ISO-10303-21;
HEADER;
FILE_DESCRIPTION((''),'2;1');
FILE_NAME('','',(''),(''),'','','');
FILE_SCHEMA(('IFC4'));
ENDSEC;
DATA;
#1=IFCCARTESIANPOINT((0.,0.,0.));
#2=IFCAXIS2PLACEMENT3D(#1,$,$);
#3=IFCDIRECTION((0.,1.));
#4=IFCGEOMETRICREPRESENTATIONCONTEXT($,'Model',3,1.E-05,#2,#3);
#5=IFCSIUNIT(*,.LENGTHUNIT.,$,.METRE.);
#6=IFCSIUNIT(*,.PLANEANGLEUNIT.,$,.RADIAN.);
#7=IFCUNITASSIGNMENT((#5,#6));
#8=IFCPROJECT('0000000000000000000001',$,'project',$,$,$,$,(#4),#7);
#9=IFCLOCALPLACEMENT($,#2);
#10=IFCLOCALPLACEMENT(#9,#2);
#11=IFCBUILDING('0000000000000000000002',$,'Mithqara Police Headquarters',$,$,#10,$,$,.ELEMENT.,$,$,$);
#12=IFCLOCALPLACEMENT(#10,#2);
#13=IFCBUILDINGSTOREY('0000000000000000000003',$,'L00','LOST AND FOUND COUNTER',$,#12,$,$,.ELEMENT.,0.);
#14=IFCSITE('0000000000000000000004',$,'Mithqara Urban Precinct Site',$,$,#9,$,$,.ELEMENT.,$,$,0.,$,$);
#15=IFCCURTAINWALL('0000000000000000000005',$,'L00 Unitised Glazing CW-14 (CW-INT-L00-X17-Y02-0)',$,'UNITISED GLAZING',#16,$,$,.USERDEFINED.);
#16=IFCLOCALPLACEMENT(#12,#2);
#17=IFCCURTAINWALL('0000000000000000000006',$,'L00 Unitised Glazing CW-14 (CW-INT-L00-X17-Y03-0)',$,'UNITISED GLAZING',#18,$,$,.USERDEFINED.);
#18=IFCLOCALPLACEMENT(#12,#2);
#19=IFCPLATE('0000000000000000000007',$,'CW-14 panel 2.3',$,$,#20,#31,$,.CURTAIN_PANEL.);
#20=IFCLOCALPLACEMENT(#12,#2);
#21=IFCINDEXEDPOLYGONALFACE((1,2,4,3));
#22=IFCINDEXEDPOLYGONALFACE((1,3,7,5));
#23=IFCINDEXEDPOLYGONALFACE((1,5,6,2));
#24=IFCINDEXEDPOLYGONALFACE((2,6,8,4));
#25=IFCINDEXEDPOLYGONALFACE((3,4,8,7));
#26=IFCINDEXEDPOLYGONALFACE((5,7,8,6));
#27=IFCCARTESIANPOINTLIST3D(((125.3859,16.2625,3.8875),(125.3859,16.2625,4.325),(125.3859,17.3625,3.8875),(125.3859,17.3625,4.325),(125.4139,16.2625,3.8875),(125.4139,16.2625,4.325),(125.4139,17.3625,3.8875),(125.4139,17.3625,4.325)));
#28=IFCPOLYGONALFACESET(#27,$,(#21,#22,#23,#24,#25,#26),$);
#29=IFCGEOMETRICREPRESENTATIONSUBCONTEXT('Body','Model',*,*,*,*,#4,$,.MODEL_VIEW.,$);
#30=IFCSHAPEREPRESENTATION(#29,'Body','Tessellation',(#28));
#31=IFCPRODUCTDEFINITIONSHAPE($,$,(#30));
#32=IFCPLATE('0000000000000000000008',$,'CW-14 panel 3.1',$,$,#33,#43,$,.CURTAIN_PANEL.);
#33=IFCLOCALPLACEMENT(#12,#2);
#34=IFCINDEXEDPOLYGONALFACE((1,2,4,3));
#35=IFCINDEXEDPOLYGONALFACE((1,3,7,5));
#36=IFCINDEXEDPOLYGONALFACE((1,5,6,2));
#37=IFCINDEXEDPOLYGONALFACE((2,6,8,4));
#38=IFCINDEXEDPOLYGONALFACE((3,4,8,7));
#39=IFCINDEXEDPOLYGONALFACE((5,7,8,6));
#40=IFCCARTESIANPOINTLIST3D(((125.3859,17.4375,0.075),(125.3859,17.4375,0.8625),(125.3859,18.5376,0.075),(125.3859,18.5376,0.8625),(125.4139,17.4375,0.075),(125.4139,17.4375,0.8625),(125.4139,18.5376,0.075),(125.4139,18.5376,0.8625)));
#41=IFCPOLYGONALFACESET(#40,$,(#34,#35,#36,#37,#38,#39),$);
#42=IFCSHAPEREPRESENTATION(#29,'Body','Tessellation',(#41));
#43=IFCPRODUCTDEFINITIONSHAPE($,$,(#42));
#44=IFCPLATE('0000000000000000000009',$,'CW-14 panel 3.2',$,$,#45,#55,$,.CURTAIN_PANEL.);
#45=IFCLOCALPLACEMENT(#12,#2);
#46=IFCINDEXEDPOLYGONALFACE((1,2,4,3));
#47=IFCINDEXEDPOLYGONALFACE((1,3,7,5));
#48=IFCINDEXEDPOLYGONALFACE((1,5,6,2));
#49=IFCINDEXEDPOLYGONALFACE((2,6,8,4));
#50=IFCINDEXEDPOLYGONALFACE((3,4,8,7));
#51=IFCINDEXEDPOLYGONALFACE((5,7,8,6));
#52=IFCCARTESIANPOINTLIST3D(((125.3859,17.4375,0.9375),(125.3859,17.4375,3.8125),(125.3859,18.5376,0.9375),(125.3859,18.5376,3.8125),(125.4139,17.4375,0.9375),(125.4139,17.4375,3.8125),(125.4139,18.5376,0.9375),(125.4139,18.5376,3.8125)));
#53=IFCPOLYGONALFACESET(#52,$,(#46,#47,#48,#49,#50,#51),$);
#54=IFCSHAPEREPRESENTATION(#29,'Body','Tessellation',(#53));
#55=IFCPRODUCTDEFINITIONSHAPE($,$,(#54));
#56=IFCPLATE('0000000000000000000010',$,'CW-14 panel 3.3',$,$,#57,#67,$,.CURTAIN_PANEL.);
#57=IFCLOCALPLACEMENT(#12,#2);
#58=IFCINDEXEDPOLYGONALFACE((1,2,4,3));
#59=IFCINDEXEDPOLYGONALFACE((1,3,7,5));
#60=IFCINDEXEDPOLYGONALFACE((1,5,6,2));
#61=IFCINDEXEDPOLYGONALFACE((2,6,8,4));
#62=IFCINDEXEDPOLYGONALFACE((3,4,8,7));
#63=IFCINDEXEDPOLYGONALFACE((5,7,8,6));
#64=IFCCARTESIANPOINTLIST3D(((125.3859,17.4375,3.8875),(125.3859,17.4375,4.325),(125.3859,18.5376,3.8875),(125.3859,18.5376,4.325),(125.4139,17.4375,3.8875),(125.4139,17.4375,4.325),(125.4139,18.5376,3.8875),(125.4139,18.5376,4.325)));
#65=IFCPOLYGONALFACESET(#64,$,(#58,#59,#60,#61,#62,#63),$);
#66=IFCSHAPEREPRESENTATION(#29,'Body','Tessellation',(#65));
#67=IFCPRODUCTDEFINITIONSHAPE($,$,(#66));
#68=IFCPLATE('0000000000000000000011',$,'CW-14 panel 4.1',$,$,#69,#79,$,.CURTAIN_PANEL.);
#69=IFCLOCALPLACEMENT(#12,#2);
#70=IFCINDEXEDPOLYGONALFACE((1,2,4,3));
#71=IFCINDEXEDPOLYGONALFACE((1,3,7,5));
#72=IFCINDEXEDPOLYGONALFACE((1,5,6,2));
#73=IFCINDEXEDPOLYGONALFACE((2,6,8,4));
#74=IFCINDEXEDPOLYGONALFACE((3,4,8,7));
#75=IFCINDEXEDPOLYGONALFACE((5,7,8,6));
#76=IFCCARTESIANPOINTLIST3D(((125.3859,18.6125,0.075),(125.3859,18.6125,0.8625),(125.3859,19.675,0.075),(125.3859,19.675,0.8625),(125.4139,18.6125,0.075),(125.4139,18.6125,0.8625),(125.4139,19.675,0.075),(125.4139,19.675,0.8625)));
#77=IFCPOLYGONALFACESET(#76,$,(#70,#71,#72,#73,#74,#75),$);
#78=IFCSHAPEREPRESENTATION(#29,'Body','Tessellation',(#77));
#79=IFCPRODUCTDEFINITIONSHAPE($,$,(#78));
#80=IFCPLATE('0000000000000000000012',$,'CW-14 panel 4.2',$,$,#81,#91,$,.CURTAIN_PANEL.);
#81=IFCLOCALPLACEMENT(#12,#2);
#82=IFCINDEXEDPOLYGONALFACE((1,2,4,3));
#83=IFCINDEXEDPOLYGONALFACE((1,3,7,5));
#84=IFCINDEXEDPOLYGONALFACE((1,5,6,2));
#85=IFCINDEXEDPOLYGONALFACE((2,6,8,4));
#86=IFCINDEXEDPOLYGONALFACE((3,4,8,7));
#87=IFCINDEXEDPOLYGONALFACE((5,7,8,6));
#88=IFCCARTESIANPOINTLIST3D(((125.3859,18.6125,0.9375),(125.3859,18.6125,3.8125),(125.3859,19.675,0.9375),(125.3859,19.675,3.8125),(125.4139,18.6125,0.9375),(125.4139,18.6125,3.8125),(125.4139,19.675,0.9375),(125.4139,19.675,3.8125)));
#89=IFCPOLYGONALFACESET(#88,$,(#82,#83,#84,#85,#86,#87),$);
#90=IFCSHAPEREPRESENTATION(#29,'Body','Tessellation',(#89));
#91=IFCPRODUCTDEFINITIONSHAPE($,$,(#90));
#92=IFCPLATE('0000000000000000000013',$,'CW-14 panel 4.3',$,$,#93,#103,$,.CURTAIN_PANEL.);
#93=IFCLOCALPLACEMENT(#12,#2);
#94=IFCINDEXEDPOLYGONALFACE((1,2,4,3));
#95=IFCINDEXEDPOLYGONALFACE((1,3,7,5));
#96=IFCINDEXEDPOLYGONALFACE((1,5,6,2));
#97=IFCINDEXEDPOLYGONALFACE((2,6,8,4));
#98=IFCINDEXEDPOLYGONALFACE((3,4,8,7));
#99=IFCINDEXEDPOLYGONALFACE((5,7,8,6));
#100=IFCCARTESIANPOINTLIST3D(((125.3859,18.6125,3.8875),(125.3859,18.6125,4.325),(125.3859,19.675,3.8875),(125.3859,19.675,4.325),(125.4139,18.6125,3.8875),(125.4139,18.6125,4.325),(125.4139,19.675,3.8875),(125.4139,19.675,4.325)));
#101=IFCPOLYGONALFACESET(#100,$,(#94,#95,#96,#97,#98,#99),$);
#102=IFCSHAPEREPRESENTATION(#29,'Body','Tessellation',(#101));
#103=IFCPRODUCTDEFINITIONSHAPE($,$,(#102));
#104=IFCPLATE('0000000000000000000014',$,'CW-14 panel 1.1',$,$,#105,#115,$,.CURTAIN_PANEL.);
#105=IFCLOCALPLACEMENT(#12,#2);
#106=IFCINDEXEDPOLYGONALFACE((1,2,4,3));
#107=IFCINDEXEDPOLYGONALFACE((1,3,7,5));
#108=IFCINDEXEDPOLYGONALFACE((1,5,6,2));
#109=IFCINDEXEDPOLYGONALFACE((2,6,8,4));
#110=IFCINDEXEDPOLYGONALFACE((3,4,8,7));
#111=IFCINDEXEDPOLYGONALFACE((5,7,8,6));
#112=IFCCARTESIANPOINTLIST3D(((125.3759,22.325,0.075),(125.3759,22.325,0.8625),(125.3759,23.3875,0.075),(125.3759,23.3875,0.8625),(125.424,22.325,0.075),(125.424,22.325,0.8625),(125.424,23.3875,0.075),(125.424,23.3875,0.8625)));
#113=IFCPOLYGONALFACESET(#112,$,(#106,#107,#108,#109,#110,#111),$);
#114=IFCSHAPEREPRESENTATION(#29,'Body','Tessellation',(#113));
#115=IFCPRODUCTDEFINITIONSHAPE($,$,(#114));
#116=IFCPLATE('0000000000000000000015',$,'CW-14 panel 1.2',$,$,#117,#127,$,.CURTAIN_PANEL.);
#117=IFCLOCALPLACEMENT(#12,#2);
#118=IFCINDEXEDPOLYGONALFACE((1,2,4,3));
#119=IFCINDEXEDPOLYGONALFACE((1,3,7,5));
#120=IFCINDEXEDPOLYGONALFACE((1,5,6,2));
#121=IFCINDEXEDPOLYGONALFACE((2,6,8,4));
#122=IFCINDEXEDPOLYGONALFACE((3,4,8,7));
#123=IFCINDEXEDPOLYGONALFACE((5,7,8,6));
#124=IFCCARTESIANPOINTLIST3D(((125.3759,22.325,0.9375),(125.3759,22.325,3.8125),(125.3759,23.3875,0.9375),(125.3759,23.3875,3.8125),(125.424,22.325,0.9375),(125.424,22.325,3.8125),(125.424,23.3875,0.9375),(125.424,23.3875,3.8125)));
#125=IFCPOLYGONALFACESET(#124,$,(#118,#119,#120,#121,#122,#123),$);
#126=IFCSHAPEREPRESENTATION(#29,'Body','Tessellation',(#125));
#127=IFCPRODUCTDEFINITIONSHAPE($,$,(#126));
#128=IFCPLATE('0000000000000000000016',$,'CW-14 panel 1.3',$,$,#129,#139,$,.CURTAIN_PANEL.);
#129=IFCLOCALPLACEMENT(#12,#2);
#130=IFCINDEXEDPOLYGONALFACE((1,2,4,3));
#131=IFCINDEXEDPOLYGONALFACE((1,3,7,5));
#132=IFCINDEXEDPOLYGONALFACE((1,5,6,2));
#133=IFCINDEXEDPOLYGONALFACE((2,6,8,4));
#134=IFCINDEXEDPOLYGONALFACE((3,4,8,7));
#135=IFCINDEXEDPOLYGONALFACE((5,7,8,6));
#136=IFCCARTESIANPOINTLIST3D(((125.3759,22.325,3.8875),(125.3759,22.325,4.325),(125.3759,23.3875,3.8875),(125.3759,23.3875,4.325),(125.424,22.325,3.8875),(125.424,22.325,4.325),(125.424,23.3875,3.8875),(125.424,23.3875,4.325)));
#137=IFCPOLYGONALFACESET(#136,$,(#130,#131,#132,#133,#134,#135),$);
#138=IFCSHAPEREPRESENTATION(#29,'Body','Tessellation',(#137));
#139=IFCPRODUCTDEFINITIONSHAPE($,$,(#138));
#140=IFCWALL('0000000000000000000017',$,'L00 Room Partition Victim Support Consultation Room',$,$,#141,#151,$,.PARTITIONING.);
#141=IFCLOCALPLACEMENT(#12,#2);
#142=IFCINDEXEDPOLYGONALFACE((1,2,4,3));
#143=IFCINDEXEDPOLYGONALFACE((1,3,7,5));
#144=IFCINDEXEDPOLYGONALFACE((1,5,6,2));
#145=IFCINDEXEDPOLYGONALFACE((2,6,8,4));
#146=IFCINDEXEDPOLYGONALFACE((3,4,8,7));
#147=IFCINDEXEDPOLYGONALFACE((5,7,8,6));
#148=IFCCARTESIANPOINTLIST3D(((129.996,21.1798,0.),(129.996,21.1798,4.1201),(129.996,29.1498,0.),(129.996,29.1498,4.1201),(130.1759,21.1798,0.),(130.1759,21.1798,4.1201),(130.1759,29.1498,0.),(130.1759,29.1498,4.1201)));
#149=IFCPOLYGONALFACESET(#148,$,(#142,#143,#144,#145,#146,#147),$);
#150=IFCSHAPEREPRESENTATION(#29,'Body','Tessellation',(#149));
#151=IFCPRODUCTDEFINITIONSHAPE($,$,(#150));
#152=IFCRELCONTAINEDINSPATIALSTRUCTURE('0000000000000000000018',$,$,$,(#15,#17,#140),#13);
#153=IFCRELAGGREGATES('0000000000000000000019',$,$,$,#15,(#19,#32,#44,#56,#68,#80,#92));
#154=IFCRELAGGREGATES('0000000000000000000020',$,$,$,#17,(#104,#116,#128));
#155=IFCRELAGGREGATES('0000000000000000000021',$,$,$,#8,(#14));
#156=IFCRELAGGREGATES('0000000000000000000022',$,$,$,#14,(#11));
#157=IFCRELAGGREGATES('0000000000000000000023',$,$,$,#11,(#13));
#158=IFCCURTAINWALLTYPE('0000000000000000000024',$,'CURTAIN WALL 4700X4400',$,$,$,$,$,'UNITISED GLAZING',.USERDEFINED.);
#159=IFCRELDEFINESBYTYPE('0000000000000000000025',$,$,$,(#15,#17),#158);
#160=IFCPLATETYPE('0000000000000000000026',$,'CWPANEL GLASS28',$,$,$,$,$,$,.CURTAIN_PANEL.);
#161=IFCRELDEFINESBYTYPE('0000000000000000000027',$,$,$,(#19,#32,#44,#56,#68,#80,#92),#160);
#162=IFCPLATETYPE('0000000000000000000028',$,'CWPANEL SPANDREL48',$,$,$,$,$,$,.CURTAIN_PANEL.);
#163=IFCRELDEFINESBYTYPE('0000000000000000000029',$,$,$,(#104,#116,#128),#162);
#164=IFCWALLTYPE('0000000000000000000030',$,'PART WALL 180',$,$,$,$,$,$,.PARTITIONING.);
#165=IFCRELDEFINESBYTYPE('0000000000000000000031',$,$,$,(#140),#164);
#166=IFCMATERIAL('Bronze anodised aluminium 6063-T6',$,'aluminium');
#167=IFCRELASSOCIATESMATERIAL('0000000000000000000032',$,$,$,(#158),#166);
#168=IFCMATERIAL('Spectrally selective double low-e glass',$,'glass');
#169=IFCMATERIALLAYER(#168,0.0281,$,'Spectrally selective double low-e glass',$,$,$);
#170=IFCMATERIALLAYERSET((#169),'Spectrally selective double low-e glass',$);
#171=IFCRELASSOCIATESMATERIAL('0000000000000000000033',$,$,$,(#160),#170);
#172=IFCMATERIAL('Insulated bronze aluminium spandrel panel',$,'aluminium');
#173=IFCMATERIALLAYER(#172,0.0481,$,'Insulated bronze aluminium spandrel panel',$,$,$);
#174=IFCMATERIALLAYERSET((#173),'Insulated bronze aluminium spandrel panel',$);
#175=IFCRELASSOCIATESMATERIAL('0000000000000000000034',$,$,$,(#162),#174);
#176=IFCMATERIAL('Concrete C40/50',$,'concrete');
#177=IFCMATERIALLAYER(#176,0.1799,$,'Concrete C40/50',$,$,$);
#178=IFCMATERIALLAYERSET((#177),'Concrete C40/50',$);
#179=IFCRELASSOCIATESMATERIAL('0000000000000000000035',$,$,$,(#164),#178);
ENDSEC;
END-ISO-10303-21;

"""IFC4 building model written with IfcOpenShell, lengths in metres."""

from ifc_helpers import new_model, si_unit, direction, frame, frame_2d, origin, origin_2d, place, context, subcontext, project, spatial, rectangle, extrude, material, layer, layer_set, type_object, element, aggregate, save


model = new_model("IFC4")

# Units and contexts
model_context = context("Model", 3, precision=1e-05, world=origin(), true_north=direction((0.0, 1.0)))
body_context = subcontext(model_context, "Body", "Model", "MODEL_VIEW")
ifc_project = project(units=[si_unit("LENGTHUNIT", "METRE"), si_unit("PLANEANGLEUNIT", "RADIAN")], contexts=[model_context])

# Site, building, storey
site_placement = place(None, origin())
site = spatial("IfcSite", under=ifc_project, at=site_placement, Name="Mithqara Urban Precinct Site", CompositionType="ELEMENT", RefElevation=0.0)
building_placement = place(site_placement, origin())
building = spatial("IfcBuilding", under=site, at=building_placement, Name="Mithqara Police Headquarters", CompositionType="ELEMENT")
storey_placement = place(building_placement, origin())
storey = spatial("IfcBuildingStorey", under=building, at=storey_placement, Name="L00", Description="LOST AND FOUND COUNTER", CompositionType="ELEMENT", Elevation=0.0)

# Shared definitions
ifc_material_1 = material(Name="Concrete C40/50", Category="concrete")

# Curtain walls
ifc_material_2 = material(Name="Bronze anodised aluminium 6063-T6", Category="aluminium")
curtain_wall_type = type_object("IfcCurtainWallType", Name="CURTAIN WALL 4700X4400", ElementType="UNITISED GLAZING", PredefinedType="USERDEFINED", material=ifc_material_2)
curtain_wall_1_placement = place(storey_placement, origin())
curtain_wall_1 = element("IfcCurtainWall", 1, at=curtain_wall_1_placement, inside=storey, type_object=curtain_wall_type, Name="L00 Unitised Glazing CW-14 (CW-INT-L00-X17-Y02-0)", ObjectType="UNITISED GLAZING", PredefinedType="USERDEFINED")
curtain_wall_2_placement = place(storey_placement, origin())
curtain_wall_2 = element("IfcCurtainWall", 2, at=curtain_wall_2_placement, inside=storey, type_object=curtain_wall_type, Name="L00 Unitised Glazing CW-14 (CW-INT-L00-X17-Y03-0)", ObjectType="UNITISED GLAZING", PredefinedType="USERDEFINED")

# Plates
ifc_material_3 = material(Name="Spectrally selective double low-e glass", Category="glass")
ifc_layer_1 = layer(ifc_material_3, 0.0281, Name="Spectrally selective double low-e glass")
ifc_layer_set_1 = layer_set([ifc_layer_1], Name="Spectrally selective double low-e glass")
plate_type_1 = type_object("IfcPlateType", Name="CWPANEL GLASS28", PredefinedType="CURTAIN_PANEL", material=ifc_layer_set_1)
plate_1_placement = place(storey_placement, frame((125.3999, 16.8125, 3.8875), z_axis=(0.0, 0.0, 1.0), x_axis=(0.0, 1.0, 0.0)))
plate_1 = element("IfcPlate", 3, at=plate_1_placement, type_object=plate_type_1, Name="CW-14 panel 2.3", PredefinedType="CURTAIN_PANEL", context=body_context, shape_type="SweptSolid", body=[
    extrude(rectangle(XDim=1.1001, YDim=0.0281, at=origin_2d()), origin(), (0.0, 0.0, 1.0), 0.4375),
])
plate_2_placement = place(storey_placement, frame((125.3999, 17.9875, 0.075), z_axis=(0.0, 0.0, 1.0), x_axis=(0.0, 1.0, 0.0)))
plate_2 = element("IfcPlate", 4, at=plate_2_placement, type_object=plate_type_1, Name="CW-14 panel 3.1", PredefinedType="CURTAIN_PANEL", context=body_context, shape_type="SweptSolid", body=[
    extrude(rectangle(XDim=1.1001, YDim=0.0281, at=origin_2d()), origin(), (0.0, 0.0, 1.0), 0.7876),
])
plate_3_placement = place(storey_placement, frame((125.3999, 17.9875, 0.9375), z_axis=(0.0, 0.0, 1.0), x_axis=(0.0, 1.0, 0.0)))
plate_3 = element("IfcPlate", 5, at=plate_3_placement, type_object=plate_type_1, Name="CW-14 panel 3.2", PredefinedType="CURTAIN_PANEL", context=body_context, shape_type="SweptSolid", body=[
    extrude(rectangle(XDim=1.1001, YDim=0.0281, at=origin_2d()), origin(), (0.0, 0.0, 1.0), 2.875),
])
plate_4_placement = place(storey_placement, frame((125.3999, 17.9875, 3.8875), z_axis=(0.0, 0.0, 1.0), x_axis=(0.0, 1.0, 0.0)))
plate_4 = element("IfcPlate", 6, at=plate_4_placement, type_object=plate_type_1, Name="CW-14 panel 3.3", PredefinedType="CURTAIN_PANEL", context=body_context, shape_type="SweptSolid", body=[
    extrude(rectangle(XDim=1.1001, YDim=0.0281, at=origin_2d()), origin(), (0.0, 0.0, 1.0), 0.4375),
])
plate_5_placement = place(storey_placement, frame((125.3999, 19.1438, 0.075), z_axis=(0.0, 0.0, 1.0), x_axis=(0.0, 1.0, 0.0)))
plate_5 = element("IfcPlate", 7, at=plate_5_placement, type_object=plate_type_1, Name="CW-14 panel 4.1", PredefinedType="CURTAIN_PANEL", context=body_context, shape_type="SweptSolid", body=[
    extrude(rectangle(XDim=1.0625, YDim=0.0281, at=origin_2d()), origin(), (0.0, 0.0, 1.0), 0.7876),
])
plate_6_placement = place(storey_placement, frame((125.3999, 19.1438, 0.9375), z_axis=(0.0, 0.0, 1.0), x_axis=(0.0, 1.0, 0.0)))
plate_6 = element("IfcPlate", 8, at=plate_6_placement, type_object=plate_type_1, Name="CW-14 panel 4.2", PredefinedType="CURTAIN_PANEL", context=body_context, shape_type="SweptSolid", body=[
    extrude(rectangle(XDim=1.0625, YDim=0.0281, at=origin_2d()), origin(), (0.0, 0.0, 1.0), 2.875),
])
plate_7_placement = place(storey_placement, frame((125.3999, 19.1438, 3.8875), z_axis=(0.0, 0.0, 1.0), x_axis=(0.0, 1.0, 0.0)))
plate_7 = element("IfcPlate", 9, at=plate_7_placement, type_object=plate_type_1, Name="CW-14 panel 4.3", PredefinedType="CURTAIN_PANEL", context=body_context, shape_type="SweptSolid", body=[
    extrude(rectangle(XDim=1.0625, YDim=0.0281, at=origin_2d()), origin(), (0.0, 0.0, 1.0), 0.4375),
])
aggregate(curtain_wall_1, [plate_1, plate_2, plate_3, plate_4, plate_5, plate_6, plate_7])
ifc_material_4 = material(Name="Insulated bronze aluminium spandrel panel", Category="aluminium")
ifc_layer_2 = layer(ifc_material_4, 0.0481, Name="Insulated bronze aluminium spandrel panel")
ifc_layer_set_2 = layer_set([ifc_layer_2], Name="Insulated bronze aluminium spandrel panel")
plate_type_2 = type_object("IfcPlateType", Name="CWPANEL SPANDREL48", PredefinedType="CURTAIN_PANEL", material=ifc_layer_set_2)
plate_8_placement = place(storey_placement, frame((125.3999, 22.8562, 0.075), z_axis=(0.0, 0.0, 1.0), x_axis=(0.0, 1.0, 0.0)))
plate_8 = element("IfcPlate", 10, at=plate_8_placement, type_object=plate_type_2, Name="CW-14 panel 1.1", PredefinedType="CURTAIN_PANEL", context=body_context, shape_type="SweptSolid", body=[
    extrude(rectangle(XDim=1.0625, YDim=0.0481, at=origin_2d()), origin(), (0.0, 0.0, 1.0), 0.7876),
])
plate_9_placement = place(storey_placement, frame((125.3999, 22.8562, 0.9375), z_axis=(0.0, 0.0, 1.0), x_axis=(0.0, 1.0, 0.0)))
plate_9 = element("IfcPlate", 11, at=plate_9_placement, type_object=plate_type_2, Name="CW-14 panel 1.2", PredefinedType="CURTAIN_PANEL", context=body_context, shape_type="SweptSolid", body=[
    extrude(rectangle(XDim=1.0625, YDim=0.0481, at=origin_2d()), origin(), (0.0, 0.0, 1.0), 2.875),
])
plate_10_placement = place(storey_placement, frame((125.3999, 22.8562, 3.8875), z_axis=(0.0, 0.0, 1.0), x_axis=(0.0, 1.0, 0.0)))
plate_10 = element("IfcPlate", 12, at=plate_10_placement, type_object=plate_type_2, Name="CW-14 panel 1.3", PredefinedType="CURTAIN_PANEL", context=body_context, shape_type="SweptSolid", body=[
    extrude(rectangle(XDim=1.0625, YDim=0.0481, at=origin_2d()), origin(), (0.0, 0.0, 1.0), 0.4375),
])
aggregate(curtain_wall_2, [plate_8, plate_9, plate_10])

# Wall
ifc_layer_3 = layer(ifc_material_1, 0.1799, Name="Concrete C40/50")
ifc_layer_set_3 = layer_set([ifc_layer_3], Name="Concrete C40/50")
wall_type = type_object("IfcWallType", Name="PART WALL 180", PredefinedType="PARTITIONING", material=ifc_layer_set_3)
wall_placement = place(storey_placement, frame((130.0859, 21.1799, 0.0), z_axis=(0.0, 0.0, 1.0), x_axis=(0.0, 1.0, 0.0)))
element("IfcWall", 13, at=wall_placement, inside=storey, type_object=wall_type, Name="L00 Room Partition Victim Support Consultation Room", PredefinedType="PARTITIONING", context=body_context, shape_type="SweptSolid", body=[
    extrude(rectangle(XDim=7.97, YDim=0.1799, at=frame_2d((3.9849, 0.0))), origin(), (0.0, 0.0, 1.0), 4.1201),
])

save(model, "model.ifc")
